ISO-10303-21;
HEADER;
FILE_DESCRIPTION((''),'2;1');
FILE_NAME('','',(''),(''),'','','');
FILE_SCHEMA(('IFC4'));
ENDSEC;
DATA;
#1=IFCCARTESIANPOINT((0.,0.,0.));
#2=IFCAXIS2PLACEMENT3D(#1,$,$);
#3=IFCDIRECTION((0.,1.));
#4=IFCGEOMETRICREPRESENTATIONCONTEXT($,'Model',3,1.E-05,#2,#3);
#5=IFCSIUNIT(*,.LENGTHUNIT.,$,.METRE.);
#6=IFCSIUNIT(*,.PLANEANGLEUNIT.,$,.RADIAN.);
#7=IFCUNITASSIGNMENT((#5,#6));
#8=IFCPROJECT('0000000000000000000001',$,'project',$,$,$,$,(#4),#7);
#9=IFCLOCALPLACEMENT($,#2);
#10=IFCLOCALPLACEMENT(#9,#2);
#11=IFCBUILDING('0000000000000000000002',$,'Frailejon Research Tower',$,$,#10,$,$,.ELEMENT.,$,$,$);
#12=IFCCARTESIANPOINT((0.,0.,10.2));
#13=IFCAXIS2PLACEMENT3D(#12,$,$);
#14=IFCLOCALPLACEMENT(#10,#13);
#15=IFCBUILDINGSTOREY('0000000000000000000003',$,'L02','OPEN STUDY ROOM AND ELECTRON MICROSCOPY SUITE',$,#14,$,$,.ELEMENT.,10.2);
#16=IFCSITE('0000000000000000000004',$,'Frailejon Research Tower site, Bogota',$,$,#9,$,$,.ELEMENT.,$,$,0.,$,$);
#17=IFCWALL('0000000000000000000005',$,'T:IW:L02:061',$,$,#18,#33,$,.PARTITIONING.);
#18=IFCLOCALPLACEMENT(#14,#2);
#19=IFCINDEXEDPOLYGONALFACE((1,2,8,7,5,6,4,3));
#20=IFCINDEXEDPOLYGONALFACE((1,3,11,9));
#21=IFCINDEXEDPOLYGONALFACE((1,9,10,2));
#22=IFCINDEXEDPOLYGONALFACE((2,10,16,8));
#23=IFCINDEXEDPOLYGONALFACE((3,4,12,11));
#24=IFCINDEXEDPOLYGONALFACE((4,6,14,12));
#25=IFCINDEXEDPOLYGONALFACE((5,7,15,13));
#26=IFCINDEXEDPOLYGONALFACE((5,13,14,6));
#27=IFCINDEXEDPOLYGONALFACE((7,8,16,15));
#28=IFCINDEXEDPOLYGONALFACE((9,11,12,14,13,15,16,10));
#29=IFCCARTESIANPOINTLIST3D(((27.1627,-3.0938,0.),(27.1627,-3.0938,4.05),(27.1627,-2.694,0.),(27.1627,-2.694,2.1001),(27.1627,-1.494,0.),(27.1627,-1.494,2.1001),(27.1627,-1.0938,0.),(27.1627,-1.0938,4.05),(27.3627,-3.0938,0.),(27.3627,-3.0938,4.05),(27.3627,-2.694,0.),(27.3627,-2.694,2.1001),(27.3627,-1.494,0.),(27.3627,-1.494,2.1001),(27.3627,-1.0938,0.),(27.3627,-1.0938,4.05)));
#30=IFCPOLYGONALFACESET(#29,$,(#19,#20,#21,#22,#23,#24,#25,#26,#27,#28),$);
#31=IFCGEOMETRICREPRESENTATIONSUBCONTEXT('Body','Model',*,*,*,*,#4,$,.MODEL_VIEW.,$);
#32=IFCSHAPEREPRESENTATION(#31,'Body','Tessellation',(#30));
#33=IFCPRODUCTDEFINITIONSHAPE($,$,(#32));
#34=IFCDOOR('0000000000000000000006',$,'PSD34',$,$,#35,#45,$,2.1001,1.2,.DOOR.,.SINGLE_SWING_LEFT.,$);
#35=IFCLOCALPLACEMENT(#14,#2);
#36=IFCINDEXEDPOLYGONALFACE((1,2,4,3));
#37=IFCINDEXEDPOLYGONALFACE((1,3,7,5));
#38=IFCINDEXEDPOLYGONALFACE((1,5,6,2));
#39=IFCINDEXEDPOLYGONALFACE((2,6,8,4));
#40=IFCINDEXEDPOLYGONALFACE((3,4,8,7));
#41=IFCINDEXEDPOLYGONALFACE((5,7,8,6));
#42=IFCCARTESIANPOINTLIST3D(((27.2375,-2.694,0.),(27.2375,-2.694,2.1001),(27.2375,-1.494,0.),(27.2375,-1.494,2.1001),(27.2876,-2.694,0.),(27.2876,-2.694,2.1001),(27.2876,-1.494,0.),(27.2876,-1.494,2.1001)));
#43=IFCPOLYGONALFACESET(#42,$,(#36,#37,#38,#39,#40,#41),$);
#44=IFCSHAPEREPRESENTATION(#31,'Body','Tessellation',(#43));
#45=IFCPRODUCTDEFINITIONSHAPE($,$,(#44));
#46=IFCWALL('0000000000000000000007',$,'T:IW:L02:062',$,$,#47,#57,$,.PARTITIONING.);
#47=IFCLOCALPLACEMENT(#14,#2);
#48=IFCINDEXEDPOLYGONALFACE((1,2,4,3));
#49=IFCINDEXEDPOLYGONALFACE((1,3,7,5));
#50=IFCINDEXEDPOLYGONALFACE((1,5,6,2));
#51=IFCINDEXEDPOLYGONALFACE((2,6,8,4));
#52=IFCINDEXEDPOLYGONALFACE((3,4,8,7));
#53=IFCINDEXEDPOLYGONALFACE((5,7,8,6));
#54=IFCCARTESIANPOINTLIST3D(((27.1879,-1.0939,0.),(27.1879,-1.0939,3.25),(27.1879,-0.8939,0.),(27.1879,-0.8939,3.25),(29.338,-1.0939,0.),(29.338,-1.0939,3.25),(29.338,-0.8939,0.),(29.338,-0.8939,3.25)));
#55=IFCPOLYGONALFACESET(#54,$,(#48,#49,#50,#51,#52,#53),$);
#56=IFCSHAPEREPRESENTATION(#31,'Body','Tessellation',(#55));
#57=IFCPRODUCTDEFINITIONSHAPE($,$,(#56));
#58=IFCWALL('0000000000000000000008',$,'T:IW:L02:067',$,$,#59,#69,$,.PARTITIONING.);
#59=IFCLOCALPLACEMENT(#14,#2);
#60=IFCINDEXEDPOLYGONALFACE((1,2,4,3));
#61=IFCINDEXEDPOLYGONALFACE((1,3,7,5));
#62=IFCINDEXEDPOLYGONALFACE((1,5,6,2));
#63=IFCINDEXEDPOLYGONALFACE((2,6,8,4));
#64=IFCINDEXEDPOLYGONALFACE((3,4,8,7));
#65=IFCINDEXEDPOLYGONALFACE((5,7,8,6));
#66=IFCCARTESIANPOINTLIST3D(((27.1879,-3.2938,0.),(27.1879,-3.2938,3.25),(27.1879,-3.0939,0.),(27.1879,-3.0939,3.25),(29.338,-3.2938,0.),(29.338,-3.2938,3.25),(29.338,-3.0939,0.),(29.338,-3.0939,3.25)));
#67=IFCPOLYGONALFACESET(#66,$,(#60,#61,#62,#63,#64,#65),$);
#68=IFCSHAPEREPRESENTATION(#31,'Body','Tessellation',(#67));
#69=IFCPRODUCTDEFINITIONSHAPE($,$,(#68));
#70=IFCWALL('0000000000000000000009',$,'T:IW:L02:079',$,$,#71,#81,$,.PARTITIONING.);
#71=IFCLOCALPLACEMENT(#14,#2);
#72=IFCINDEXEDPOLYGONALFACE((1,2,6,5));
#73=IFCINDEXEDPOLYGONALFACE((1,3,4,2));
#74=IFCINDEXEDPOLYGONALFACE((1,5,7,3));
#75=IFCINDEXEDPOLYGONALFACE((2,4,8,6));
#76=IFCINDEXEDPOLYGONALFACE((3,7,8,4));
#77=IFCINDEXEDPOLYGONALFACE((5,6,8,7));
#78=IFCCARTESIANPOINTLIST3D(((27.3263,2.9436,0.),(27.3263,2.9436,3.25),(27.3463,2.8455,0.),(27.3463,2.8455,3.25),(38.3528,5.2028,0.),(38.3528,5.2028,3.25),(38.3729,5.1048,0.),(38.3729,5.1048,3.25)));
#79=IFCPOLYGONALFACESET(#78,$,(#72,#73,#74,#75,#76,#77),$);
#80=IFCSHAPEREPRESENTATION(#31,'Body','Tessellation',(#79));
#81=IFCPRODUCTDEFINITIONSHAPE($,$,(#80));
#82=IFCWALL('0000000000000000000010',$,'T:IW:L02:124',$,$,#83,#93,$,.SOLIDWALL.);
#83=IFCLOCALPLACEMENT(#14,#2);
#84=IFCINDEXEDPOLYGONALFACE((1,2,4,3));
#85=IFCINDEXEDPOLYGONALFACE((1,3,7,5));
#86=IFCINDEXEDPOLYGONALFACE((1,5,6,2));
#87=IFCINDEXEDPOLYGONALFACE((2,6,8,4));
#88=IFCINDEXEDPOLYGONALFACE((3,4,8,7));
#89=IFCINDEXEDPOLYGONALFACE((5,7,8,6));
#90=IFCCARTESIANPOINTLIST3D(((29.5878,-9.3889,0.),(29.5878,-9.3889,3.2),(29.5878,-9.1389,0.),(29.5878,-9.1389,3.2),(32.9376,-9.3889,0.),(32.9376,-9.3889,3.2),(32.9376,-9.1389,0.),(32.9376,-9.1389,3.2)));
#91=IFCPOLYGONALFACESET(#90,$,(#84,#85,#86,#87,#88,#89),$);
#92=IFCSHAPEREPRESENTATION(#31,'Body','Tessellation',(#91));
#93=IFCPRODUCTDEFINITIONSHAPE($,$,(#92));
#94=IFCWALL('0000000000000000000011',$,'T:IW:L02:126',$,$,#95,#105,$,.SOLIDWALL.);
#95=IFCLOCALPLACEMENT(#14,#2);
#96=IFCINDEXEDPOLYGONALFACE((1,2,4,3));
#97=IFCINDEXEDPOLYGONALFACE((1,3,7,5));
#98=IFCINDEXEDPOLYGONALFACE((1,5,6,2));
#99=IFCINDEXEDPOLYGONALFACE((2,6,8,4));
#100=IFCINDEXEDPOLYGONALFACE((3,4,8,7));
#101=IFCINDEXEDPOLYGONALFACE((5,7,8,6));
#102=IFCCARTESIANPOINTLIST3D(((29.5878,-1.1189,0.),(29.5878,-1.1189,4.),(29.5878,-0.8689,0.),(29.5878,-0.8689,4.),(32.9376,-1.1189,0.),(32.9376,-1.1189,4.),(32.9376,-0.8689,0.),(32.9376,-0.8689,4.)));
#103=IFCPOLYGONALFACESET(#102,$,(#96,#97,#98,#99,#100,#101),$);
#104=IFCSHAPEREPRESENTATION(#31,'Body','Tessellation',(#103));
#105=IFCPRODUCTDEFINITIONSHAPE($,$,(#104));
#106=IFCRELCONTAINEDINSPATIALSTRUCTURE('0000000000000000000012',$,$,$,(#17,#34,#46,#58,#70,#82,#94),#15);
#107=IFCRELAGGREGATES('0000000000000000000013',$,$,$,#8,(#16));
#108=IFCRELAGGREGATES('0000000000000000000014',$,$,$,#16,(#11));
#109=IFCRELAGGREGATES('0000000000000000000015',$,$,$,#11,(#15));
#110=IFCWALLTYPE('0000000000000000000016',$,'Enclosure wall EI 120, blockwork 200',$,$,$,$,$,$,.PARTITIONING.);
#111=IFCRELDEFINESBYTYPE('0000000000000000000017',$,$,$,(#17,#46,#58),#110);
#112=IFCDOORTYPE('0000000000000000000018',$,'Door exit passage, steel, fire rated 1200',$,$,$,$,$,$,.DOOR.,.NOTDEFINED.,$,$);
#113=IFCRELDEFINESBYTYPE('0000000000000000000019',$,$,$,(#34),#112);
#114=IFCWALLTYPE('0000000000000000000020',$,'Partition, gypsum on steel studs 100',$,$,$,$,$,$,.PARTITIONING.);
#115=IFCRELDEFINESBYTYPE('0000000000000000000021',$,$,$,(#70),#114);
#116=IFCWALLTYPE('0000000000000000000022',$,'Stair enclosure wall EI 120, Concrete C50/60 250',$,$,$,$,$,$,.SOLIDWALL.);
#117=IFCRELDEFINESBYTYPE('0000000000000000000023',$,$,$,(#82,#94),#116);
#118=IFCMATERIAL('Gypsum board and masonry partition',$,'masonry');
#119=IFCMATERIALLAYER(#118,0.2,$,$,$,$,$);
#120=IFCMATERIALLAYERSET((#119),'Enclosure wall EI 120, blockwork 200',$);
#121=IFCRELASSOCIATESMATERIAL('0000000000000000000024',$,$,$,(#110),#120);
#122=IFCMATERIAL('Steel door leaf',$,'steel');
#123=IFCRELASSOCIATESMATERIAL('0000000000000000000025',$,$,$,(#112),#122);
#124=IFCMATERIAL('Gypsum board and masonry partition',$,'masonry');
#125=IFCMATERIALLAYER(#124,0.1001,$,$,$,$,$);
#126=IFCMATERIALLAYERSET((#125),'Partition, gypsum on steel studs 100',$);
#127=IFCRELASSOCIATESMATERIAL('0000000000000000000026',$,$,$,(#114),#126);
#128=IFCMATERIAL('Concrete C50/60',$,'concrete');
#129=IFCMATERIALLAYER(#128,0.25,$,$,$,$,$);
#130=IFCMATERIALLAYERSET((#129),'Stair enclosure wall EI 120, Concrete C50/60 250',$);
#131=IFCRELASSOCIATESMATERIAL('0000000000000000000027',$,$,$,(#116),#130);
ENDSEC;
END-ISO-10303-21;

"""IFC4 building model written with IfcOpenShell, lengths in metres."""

from ifc_helpers import new_model, si_unit, direction, frame, frame_2d, origin, place, context, subcontext, project, spatial, rectangle, extrude, material, layer, layer_set, type_object, element, fill, save


model = new_model("IFC4")

# Units and contexts
model_context = context("Model", 3, precision=1e-05, world=origin(), true_north=direction((0.0, 1.0)))
body_context = subcontext(model_context, "Body", "Model", "MODEL_VIEW")
ifc_project = project(units=[si_unit("LENGTHUNIT", "METRE"), si_unit("PLANEANGLEUNIT", "RADIAN")], contexts=[model_context])

# Site, building, storey
site_placement = place(None, origin())
site = spatial("IfcSite", under=ifc_project, at=site_placement, Name="Frailejon Research Tower site, Bogota", CompositionType="ELEMENT", RefElevation=0.0)
building_placement = place(site_placement, origin())
building = spatial("IfcBuilding", under=site, at=building_placement, Name="Frailejon Research Tower", CompositionType="ELEMENT")
storey_placement = place(building_placement, frame((0.0, 0.0, 10.2)))
storey = spatial("IfcBuildingStorey", under=building, at=storey_placement, Name="L02", Description="OPEN STUDY ROOM AND ELECTRON MICROSCOPY SUITE", CompositionType="ELEMENT", Elevation=10.2)

# Wall, opening, door
ifc_material_1 = material(Name="Gypsum board and masonry partition", Category="masonry")
ifc_layer_1 = layer(ifc_material_1, 0.2)
ifc_layer_set_1 = layer_set([ifc_layer_1], Name="Enclosure wall EI 120, blockwork 200")
wall_type_1 = type_object("IfcWallType", Name="Enclosure wall EI 120, blockwork 200", PredefinedType="PARTITIONING", material=ifc_layer_set_1)
wall_1_placement = place(storey_placement, frame((27.2627, -3.0938, 0.0), z_axis=(0.0, 0.0, 1.0), x_axis=(0.0, 1.0, 0.0)))
wall_1 = element("IfcWall", 1, at=wall_1_placement, inside=storey, type_object=wall_type_1, Name="T:IW:L02:061", PredefinedType="PARTITIONING", context=body_context, shape_type="SweptSolid", body=[
    extrude(rectangle(XDim=2.0, YDim=0.2, at=frame_2d((1.0, 0.0))), origin(), (0.0, 0.0, 1.0), 4.05),
])
opening_1_placement = place(wall_1_placement, frame((1.5999, 0.0, 0.0), z_axis=(0.0, 0.0, 1.0), x_axis=(-1.0, 0.0, 0.0)))
opening_1 = element("IfcOpeningElement", 2, at=opening_1_placement, cuts=wall_1, PredefinedType="OPENING", context=body_context, shape_type="SweptSolid", body=[
    extrude(rectangle(XDim=1.2, YDim=2.1001, at=frame_2d((0.6001, 1.05))), frame((0.0, 0.1099, 0.0), z_axis=(0.0, -1.0, 0.0), x_axis=(1.0, 0.0, 0.0)), (0.0, 0.0, 1.0), 0.22),
])
ifc_material_2 = material(Name="Steel door leaf", Category="steel")
door_type_1 = type_object("IfcDoorType", Name="Door exit passage, steel, fire rated 1200", OperationType="NOTDEFINED", PredefinedType="DOOR", material=ifc_material_2)
door_1_placement = place(opening_1_placement, origin())
door_1 = element("IfcDoor", 3, at=door_1_placement, inside=storey, type_object=door_type_1, Name="PSD34", OperationType="SINGLE_SWING_LEFT", OverallHeight=2.1001, OverallWidth=1.2, PredefinedType="DOOR", context=body_context, shape_type="SweptSolid", body=[
    extrude(rectangle(XDim=1.2, YDim=2.1001, at=frame_2d((0.6001, 1.05))), frame((0.0, 0.0249, 0.0), z_axis=(0.0, -1.0, 0.0), x_axis=(1.0, 0.0, 0.0)), (0.0, 0.0, 1.0), 0.05),
])
fill(opening_1, door_1)

# Walls
for number, where, z_axis, x_axis, name in (
    (4, (27.1877, -0.9939, 0.0), (0.0, 0.0, 1.0), (1.0, 0.0, 0.0), "T:IW:L02:062"),
    (5, (27.1877, -3.1938, 0.0), (0.0, 0.0, 1.0), (1.0, 0.0, 0.0), "T:IW:L02:067"),
):
    element("IfcWall", number, at=place(storey_placement, frame(where, z_axis=z_axis, x_axis=x_axis)), inside=storey, type_object=wall_type_1, Name=name, PredefinedType="PARTITIONING", context=body_context, shape_type="SweptSolid", body=[
        extrude(rectangle(XDim=2.1501, YDim=0.2, at=frame_2d((1.0752, 0.0))), origin(), (0.0, 0.0, 1.0), 3.25),
    ])
ifc_material_3 = material(Name="Gypsum board and masonry partition", Category="masonry")
ifc_layer_2 = layer(ifc_material_3, 0.1001)
ifc_layer_set_2 = layer_set([ifc_layer_2], Name="Partition, gypsum on steel studs 100")
wall_type_2 = type_object("IfcWallType", Name="Partition, gypsum on steel studs 100", PredefinedType="PARTITIONING", material=ifc_layer_set_2)
wall_2_placement = place(storey_placement, frame((27.3362, 2.8945, 0.0), z_axis=(0.0, 0.0, 1.0), x_axis=(0.979648, 0.200723, 0.0)))
element("IfcWall", 6, at=wall_2_placement, inside=storey, type_object=wall_type_2, Name="T:IW:L02:079", PredefinedType="PARTITIONING", context=body_context, shape_type="SweptSolid", body=[
    extrude(rectangle(XDim=11.2556, YDim=0.1001, at=frame_2d((5.6279, 0.0))), origin(), (0.0, 0.0, 1.0), 3.25),
])
ifc_material_4 = material(Name="Concrete C50/60", Category="concrete")
ifc_layer_3 = layer(ifc_material_4, 0.25)
ifc_layer_set_3 = layer_set([ifc_layer_3], Name="Stair enclosure wall EI 120, Concrete C50/60 250")
wall_type_3 = type_object("IfcWallType", Name="Stair enclosure wall EI 120, Concrete C50/60 250", PredefinedType="SOLIDWALL", material=ifc_layer_set_3)
wall_3_placement = place(storey_placement, frame((29.5879, -9.2639, 0.0), z_axis=(0.0, 0.0, 1.0), x_axis=(1.0, 0.0, 0.0)))
element("IfcWall", 7, at=wall_3_placement, inside=storey, type_object=wall_type_3, Name="T:IW:L02:124", PredefinedType="SOLIDWALL", context=body_context, shape_type="SweptSolid", body=[
    extrude(rectangle(XDim=3.3499, YDim=0.25, at=frame_2d((1.6748, 0.0))), origin(), (0.0, 0.0, 1.0), 3.2),
])
wall_4_placement = place(storey_placement, frame((29.5879, -0.9939, 0.0), z_axis=(0.0, 0.0, 1.0), x_axis=(1.0, 0.0, 0.0)))
element("IfcWall", 8, at=wall_4_placement, inside=storey, type_object=wall_type_3, Name="T:IW:L02:126", PredefinedType="SOLIDWALL", context=body_context, shape_type="SweptSolid", body=[
    extrude(rectangle(XDim=3.3499, YDim=0.25, at=frame_2d((1.6748, 0.0))), origin(), (0.0, 0.0, 1.0), 4.0),
])

save(model, "model.ifc")
